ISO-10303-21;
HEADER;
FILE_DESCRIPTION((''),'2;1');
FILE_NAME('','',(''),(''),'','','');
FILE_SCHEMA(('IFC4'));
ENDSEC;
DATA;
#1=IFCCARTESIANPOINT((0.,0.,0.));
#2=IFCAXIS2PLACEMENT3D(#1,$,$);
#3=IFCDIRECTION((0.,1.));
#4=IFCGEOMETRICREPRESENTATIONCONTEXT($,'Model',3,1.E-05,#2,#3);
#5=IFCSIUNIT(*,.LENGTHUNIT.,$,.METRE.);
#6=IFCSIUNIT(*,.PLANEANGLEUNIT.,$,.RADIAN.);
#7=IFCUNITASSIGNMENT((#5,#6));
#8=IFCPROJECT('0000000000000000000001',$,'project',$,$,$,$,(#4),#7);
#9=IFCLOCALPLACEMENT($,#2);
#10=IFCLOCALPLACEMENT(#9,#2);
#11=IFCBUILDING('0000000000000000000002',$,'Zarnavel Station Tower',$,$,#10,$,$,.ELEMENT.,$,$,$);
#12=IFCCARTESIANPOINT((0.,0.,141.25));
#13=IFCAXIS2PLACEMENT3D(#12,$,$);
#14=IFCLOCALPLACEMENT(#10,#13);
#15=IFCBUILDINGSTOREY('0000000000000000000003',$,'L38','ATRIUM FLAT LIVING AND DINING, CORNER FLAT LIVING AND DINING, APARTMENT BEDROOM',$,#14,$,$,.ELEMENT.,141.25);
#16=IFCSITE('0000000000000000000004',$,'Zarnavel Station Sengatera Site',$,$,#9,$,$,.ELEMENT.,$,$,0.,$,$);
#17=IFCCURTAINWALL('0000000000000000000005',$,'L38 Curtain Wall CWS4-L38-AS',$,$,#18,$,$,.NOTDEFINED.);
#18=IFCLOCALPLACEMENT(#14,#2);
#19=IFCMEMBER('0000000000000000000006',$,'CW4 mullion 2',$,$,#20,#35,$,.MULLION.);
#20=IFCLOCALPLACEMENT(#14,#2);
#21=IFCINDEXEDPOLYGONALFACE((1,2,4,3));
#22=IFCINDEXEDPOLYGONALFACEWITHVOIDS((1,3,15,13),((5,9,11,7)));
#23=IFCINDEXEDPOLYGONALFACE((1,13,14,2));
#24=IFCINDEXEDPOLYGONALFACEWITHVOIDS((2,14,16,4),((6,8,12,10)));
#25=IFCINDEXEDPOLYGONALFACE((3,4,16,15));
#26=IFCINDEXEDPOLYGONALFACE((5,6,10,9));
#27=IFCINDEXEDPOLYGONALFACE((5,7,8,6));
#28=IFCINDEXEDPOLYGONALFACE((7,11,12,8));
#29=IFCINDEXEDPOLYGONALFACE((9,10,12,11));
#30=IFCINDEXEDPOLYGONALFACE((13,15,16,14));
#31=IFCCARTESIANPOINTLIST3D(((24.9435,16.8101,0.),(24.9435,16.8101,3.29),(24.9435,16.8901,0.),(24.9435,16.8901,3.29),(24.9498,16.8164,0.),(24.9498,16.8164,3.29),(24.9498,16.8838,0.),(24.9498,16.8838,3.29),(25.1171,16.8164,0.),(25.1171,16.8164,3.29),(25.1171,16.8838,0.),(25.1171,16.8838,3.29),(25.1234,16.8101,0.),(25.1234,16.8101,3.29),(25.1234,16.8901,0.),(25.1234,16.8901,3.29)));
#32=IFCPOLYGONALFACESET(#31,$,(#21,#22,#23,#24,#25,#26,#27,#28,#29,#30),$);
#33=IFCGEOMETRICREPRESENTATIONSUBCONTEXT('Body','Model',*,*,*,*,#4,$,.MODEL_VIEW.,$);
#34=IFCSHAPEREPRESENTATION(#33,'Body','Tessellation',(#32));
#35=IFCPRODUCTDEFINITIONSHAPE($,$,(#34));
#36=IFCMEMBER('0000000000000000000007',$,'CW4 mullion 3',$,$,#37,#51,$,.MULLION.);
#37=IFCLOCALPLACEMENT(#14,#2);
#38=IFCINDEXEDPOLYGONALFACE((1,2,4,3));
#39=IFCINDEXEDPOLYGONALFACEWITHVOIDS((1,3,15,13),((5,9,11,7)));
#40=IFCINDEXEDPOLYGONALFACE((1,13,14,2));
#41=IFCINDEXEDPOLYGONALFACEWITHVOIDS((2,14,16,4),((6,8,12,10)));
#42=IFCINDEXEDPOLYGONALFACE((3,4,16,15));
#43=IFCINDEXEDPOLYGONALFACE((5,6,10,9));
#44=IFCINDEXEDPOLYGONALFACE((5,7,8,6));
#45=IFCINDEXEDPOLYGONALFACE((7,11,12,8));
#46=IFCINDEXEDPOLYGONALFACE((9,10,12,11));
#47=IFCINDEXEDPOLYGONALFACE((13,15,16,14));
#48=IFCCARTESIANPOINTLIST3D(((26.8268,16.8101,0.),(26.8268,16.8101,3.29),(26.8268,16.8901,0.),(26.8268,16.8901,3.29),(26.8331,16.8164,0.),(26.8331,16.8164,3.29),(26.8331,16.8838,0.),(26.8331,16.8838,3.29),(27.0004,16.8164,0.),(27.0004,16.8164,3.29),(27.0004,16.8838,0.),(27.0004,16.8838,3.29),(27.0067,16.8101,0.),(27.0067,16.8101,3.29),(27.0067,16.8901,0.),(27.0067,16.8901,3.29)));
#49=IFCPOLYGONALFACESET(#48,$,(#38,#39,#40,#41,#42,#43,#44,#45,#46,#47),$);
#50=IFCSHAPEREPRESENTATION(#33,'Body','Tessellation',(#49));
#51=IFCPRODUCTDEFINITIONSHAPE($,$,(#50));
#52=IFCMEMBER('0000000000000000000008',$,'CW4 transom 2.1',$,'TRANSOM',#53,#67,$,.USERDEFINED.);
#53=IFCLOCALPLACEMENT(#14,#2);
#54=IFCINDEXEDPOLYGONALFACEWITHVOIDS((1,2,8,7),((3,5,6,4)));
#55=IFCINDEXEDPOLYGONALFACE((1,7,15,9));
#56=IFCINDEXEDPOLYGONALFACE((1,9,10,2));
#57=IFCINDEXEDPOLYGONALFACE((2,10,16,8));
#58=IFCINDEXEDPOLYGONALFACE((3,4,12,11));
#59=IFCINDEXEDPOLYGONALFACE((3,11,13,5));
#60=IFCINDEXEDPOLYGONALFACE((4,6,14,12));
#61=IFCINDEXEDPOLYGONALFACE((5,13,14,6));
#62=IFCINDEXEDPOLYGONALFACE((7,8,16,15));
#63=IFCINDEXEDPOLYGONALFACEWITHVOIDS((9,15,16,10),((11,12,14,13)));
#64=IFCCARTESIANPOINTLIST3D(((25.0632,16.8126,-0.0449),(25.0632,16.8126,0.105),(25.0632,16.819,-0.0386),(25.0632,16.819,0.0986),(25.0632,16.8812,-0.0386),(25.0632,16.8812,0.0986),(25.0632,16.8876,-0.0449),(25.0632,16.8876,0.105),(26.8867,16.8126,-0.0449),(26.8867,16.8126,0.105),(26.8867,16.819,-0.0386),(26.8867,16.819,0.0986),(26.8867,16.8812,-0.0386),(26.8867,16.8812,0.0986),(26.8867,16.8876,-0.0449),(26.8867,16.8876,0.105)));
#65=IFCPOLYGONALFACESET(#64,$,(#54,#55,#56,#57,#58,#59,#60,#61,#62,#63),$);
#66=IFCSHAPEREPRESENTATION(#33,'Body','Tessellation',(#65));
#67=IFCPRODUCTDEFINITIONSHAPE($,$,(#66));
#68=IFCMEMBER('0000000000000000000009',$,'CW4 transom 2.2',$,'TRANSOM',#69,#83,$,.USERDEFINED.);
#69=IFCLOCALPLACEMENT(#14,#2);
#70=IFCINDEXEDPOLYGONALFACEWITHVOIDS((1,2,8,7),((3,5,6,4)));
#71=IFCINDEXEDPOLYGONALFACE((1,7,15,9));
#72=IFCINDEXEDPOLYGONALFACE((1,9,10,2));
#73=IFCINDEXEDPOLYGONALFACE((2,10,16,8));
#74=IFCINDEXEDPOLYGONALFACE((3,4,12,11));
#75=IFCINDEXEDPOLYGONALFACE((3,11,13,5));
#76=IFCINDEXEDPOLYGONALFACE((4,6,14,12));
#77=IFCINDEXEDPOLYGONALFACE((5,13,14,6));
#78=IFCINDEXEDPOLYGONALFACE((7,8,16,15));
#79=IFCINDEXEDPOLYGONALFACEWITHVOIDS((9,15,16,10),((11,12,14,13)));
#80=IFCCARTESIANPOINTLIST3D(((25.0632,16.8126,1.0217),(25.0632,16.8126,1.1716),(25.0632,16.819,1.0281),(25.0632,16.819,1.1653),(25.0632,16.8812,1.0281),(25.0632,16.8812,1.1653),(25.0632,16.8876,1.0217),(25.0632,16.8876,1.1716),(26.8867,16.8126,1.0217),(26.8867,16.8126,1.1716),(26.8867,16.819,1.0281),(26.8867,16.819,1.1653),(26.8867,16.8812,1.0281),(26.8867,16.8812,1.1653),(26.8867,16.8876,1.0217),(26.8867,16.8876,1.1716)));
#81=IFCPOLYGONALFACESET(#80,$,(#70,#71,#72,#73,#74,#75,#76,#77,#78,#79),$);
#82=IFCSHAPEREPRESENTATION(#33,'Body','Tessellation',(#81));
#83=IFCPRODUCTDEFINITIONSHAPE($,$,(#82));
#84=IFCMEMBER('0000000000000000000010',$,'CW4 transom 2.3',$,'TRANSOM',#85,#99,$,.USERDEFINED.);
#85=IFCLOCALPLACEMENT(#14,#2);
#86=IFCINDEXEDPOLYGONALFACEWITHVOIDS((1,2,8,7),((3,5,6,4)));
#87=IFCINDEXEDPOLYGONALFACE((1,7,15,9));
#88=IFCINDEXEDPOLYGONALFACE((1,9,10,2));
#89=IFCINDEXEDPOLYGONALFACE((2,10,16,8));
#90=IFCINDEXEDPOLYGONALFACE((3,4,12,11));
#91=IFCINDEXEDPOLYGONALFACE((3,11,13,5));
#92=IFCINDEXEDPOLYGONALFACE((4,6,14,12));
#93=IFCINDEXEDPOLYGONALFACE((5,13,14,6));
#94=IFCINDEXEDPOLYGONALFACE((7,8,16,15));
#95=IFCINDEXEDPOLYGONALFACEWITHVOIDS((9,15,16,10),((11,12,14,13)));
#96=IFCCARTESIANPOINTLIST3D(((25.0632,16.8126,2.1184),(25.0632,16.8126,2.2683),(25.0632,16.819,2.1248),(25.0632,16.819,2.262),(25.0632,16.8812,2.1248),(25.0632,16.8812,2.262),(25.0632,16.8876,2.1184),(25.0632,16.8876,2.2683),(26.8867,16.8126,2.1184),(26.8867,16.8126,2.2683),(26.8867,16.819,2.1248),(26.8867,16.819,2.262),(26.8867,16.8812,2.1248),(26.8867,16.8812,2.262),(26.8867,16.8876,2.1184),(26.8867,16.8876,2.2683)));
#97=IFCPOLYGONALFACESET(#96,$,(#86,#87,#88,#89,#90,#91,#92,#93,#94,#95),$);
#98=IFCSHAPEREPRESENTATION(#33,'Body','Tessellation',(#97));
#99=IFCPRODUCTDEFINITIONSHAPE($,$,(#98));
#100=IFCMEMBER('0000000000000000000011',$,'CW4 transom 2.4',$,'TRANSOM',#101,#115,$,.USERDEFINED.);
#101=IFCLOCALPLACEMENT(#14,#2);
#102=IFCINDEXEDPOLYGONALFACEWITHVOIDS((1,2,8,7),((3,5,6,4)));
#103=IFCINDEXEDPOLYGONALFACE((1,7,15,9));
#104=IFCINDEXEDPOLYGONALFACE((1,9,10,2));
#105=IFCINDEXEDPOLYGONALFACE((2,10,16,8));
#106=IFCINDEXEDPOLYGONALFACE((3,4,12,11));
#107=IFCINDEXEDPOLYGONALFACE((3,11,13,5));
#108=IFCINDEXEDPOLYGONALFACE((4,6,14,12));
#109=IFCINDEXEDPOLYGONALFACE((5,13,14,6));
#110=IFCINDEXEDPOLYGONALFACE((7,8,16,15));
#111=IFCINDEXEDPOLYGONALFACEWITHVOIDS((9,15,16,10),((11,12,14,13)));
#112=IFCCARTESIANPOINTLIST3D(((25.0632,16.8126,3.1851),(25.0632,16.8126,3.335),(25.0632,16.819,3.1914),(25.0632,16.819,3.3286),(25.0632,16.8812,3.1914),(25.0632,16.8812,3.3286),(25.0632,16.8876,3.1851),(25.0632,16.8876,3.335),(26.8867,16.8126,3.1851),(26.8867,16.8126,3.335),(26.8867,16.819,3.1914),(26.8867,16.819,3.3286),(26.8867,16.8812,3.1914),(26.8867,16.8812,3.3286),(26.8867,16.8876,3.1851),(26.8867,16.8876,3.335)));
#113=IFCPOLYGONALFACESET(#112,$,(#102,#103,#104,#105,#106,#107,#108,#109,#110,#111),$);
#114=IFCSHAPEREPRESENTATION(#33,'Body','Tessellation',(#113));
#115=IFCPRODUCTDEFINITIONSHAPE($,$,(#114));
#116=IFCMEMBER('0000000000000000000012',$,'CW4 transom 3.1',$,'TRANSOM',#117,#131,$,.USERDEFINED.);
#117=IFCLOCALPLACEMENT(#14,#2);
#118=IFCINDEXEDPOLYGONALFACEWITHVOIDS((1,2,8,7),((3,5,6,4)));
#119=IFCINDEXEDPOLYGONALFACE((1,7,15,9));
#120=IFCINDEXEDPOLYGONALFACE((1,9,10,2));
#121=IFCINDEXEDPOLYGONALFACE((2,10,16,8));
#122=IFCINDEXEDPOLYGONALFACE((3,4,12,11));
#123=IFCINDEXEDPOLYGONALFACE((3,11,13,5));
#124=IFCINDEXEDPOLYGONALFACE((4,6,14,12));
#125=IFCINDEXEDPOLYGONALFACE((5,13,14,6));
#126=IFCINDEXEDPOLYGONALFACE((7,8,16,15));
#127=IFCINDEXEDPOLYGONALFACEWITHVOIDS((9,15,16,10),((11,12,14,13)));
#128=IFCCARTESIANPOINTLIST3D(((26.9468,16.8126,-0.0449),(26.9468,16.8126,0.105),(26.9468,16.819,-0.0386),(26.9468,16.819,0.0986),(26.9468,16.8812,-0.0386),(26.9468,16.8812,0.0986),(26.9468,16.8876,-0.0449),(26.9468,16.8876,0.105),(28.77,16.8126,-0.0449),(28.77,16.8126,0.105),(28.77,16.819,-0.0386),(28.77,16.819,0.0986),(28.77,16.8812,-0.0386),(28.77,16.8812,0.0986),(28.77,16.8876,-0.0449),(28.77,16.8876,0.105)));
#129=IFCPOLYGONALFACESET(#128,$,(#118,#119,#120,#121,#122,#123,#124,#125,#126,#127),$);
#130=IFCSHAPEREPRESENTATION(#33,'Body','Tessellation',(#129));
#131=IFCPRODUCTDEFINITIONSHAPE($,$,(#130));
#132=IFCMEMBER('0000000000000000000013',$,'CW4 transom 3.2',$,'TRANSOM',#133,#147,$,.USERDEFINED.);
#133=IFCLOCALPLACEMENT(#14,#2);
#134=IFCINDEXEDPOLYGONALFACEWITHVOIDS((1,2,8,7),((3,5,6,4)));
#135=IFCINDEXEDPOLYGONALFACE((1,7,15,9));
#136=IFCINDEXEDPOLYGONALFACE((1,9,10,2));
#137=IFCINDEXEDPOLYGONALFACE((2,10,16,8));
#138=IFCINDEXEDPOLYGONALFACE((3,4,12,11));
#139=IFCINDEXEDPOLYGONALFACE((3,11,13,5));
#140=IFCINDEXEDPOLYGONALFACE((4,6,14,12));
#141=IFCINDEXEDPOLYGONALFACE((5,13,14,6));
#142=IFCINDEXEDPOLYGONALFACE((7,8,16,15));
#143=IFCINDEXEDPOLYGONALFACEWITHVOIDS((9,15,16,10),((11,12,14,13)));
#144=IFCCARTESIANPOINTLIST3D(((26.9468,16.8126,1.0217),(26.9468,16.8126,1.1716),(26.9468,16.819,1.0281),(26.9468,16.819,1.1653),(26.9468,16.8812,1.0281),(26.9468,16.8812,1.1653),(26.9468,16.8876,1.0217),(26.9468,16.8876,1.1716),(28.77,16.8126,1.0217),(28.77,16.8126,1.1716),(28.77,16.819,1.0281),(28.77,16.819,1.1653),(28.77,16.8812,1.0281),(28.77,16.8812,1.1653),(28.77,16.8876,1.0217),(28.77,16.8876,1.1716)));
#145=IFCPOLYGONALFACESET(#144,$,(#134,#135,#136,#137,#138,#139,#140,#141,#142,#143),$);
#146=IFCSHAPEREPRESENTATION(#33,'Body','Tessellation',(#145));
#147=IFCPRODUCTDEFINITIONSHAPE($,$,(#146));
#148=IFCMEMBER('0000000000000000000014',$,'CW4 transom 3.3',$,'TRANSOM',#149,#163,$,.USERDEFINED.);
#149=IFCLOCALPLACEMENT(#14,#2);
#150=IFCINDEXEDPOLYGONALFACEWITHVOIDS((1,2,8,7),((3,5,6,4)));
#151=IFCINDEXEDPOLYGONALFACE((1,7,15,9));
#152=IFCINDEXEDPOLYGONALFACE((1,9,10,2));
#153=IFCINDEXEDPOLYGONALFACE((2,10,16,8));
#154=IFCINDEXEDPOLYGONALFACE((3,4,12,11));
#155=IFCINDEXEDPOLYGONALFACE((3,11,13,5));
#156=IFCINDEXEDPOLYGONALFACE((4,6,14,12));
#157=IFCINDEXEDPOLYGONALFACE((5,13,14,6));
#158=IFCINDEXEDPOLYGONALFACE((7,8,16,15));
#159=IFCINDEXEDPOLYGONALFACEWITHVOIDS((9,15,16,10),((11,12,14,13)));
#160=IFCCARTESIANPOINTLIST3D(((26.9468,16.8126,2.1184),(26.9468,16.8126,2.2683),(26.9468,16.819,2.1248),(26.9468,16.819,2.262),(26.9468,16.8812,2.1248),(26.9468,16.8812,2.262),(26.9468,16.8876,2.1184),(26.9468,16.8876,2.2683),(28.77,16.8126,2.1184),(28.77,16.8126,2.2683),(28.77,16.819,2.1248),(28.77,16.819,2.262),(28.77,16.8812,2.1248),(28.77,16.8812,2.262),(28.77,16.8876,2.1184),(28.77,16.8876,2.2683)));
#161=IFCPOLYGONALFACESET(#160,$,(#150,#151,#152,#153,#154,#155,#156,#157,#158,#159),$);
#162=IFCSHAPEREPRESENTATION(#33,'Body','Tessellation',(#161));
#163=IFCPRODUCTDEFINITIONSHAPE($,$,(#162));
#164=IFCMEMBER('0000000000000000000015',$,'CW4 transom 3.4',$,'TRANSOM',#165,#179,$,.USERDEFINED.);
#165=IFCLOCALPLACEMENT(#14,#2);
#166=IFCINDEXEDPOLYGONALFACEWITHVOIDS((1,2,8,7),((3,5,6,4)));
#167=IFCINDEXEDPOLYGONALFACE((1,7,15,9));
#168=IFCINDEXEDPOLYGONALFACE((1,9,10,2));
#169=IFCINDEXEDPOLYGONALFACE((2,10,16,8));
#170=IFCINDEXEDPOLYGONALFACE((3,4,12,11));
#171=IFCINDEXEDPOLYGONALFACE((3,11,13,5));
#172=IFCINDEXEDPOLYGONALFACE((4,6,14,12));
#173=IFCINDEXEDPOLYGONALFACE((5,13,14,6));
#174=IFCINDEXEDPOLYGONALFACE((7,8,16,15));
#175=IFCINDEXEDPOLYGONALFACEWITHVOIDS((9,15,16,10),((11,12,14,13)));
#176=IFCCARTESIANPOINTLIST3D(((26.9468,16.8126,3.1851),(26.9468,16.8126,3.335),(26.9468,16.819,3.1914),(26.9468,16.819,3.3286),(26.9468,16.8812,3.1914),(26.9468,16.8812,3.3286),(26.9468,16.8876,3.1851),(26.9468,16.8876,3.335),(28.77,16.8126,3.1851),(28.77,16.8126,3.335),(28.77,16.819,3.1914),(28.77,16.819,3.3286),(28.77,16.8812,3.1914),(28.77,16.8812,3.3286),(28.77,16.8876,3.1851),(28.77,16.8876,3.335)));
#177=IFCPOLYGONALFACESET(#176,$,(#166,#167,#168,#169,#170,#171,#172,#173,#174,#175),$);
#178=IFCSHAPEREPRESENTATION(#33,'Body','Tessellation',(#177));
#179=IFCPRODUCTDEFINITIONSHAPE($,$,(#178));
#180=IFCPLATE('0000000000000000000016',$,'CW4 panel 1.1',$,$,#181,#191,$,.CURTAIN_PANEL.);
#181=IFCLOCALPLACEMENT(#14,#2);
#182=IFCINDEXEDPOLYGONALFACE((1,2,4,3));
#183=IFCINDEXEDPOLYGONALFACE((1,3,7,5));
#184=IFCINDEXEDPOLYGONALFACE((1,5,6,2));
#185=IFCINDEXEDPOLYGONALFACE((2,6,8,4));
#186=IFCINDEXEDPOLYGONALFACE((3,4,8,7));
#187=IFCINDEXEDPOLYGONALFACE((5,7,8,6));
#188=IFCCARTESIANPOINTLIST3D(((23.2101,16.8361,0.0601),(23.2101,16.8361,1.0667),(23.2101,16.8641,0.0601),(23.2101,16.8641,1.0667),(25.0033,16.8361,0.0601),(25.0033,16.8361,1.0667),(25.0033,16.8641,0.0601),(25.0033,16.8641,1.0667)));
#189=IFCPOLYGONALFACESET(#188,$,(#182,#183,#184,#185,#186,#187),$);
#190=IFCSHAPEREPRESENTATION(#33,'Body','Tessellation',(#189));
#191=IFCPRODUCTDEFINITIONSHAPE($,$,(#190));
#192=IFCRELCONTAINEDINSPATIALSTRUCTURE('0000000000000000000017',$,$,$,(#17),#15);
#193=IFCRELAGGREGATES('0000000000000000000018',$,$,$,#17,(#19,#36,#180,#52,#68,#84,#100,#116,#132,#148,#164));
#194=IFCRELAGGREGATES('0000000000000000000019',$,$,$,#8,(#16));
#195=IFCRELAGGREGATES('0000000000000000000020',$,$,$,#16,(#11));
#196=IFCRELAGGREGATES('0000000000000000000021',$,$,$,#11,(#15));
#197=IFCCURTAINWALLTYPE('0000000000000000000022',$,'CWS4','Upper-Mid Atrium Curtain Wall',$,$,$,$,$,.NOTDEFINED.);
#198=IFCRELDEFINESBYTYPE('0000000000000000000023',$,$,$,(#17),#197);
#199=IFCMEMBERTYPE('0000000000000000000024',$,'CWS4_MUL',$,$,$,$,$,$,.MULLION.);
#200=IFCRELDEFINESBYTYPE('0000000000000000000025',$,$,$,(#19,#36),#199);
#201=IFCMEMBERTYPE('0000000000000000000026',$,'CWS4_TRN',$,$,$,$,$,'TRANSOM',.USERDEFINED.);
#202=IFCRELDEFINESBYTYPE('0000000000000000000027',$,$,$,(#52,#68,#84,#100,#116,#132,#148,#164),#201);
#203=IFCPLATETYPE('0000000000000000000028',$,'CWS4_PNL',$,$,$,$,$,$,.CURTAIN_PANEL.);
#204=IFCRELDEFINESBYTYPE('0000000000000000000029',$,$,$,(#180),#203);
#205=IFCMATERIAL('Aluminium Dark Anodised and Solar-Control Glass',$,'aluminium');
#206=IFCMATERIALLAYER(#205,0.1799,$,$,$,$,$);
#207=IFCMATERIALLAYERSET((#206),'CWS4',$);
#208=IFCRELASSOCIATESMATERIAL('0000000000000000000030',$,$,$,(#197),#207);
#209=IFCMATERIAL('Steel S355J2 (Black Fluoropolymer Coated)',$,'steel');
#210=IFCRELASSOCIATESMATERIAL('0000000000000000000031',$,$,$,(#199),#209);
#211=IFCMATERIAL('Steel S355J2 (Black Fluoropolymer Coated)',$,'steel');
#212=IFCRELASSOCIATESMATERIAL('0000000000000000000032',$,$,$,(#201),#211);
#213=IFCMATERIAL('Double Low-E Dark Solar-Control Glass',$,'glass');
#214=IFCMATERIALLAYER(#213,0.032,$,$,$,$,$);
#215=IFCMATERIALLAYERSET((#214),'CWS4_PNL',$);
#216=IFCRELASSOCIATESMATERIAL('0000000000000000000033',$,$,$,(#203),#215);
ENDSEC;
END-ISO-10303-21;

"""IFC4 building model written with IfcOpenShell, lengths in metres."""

from ifc_helpers import new_model, si_unit, direction, frame, origin, origin_2d, place, context, subcontext, project, spatial, rectangle, hollow_rectangle, extrude, material, layer, layer_set, material_profile, profile_set, type_object, element, aggregate, save


model = new_model("IFC4")

# Units and contexts
model_context = context("Model", 3, precision=1e-05, world=origin(), true_north=direction((0.0, 1.0)))
body_context = subcontext(model_context, "Body", "Model", "MODEL_VIEW")
ifc_project = project(units=[si_unit("LENGTHUNIT", "METRE"), si_unit("PLANEANGLEUNIT", "RADIAN")], contexts=[model_context])

# Site, building, storey
site_placement = place(None, origin())
site = spatial("IfcSite", under=ifc_project, at=site_placement, Name="Zarnavel Station Sengatera Site", CompositionType="ELEMENT", RefElevation=0.0)
building_placement = place(site_placement, origin())
building = spatial("IfcBuilding", under=site, at=building_placement, Name="Zarnavel Station Tower", CompositionType="ELEMENT")
storey_placement = place(building_placement, frame((0.0, 0.0, 141.25)))
storey = spatial("IfcBuildingStorey", under=building, at=storey_placement, Name="L38", Description="ATRIUM FLAT LIVING AND DINING, CORNER FLAT LIVING AND DINING, APARTMENT BEDROOM", CompositionType="ELEMENT", Elevation=141.25)

# Curtain wall, members, plate
ifc_material_1 = material(Name="Aluminium Dark Anodised and Solar-Control Glass", Category="aluminium")
ifc_layer_1 = layer(ifc_material_1, 0.1799)
ifc_layer_set_1 = layer_set([ifc_layer_1], Name="CWS4")
curtain_wall_type = type_object("IfcCurtainWallType", Name="CWS4", Description="Upper-Mid Atrium Curtain Wall", PredefinedType="NOTDEFINED", material=ifc_layer_set_1)
curtain_wall_placement = place(storey_placement, origin())
curtain_wall = element("IfcCurtainWall", 1, at=curtain_wall_placement, inside=storey, type_object=curtain_wall_type, Name="L38 Curtain Wall CWS4-L38-AS", PredefinedType="NOTDEFINED")
ifc_material_2 = material(Name="Steel S355J2 (Black Fluoropolymer Coated)", Category="steel")
ifc_material_profile_1 = material_profile(ifc_material_2, hollow_rectangle(XDim=0.0801, YDim=0.1799, WallThickness=0.0063, at=origin_2d()), Name="RHS180x80x6.3")
ifc_profile_set_1 = profile_set([ifc_material_profile_1], Name="Steel S355J2 (Black Fluoropolymer Coated)")
member_type_1 = type_object("IfcMemberType", Name="CWS4_MUL", PredefinedType="MULLION", material=ifc_profile_set_1)
member_1_placement = place(storey_placement, frame((25.0334, 16.8501, 0.0), z_axis=(0.0, 0.0, 1.0), x_axis=(0.0, 1.0, 0.0)))
member_1 = element("IfcMember", 2, at=member_1_placement, type_object=member_type_1, Name="CW4 mullion 2", PredefinedType="MULLION", context=body_context, shape_type="SweptSolid", body=[
    extrude(hollow_rectangle(XDim=0.0801, YDim=0.1799, WallThickness=0.0063, at=origin_2d()), origin(), (0.0, 0.0, 1.0), 3.29),
])
member_2_placement = place(storey_placement, frame((26.9167, 16.8501, 0.0), z_axis=(0.0, 0.0, 1.0), x_axis=(0.0, 1.0, 0.0)))
member_2 = element("IfcMember", 3, at=member_2_placement, type_object=member_type_1, Name="CW4 mullion 3", PredefinedType="MULLION", context=body_context, shape_type="SweptSolid", body=[
    extrude(hollow_rectangle(XDim=0.0801, YDim=0.1799, WallThickness=0.0063, at=origin_2d()), origin(), (0.0, 0.0, 1.0), 3.29),
])
ifc_material_3 = material(Name="Steel S355J2 (Black Fluoropolymer Coated)", Category="steel")
ifc_material_profile_2 = material_profile(ifc_material_3, hollow_rectangle(XDim=0.075, YDim=0.1499, WallThickness=0.0063, at=origin_2d()), Name="RHS150x75x6.3")
ifc_profile_set_2 = profile_set([ifc_material_profile_2], Name="Steel S355J2 (Black Fluoropolymer Coated)")
member_type_2 = type_object("IfcMemberType", Name="CWS4_TRN", ElementType="TRANSOM", PredefinedType="USERDEFINED", material=ifc_profile_set_2)
member_3_placement = place(storey_placement, frame((25.0632, 16.8501, 0.03), z_axis=(1.0, 0.0, 0.0), x_axis=(0.0, 1.0, 0.0)))
member_3 = element("IfcMember", 4, at=member_3_placement, type_object=member_type_2, Name="CW4 transom 2.1", ObjectType="TRANSOM", PredefinedType="USERDEFINED", context=body_context, shape_type="SweptSolid", body=[
    extrude(hollow_rectangle(XDim=0.075, YDim=0.1499, WallThickness=0.0063, at=origin_2d()), origin(), (0.0, 0.0, 1.0), 1.8235),
])
member_4_placement = place(storey_placement, frame((25.0632, 16.8501, 1.0967), z_axis=(1.0, 0.0, 0.0), x_axis=(0.0, 1.0, 0.0)))
member_4 = element("IfcMember", 5, at=member_4_placement, type_object=member_type_2, Name="CW4 transom 2.2", ObjectType="TRANSOM", PredefinedType="USERDEFINED", context=body_context, shape_type="SweptSolid", body=[
    extrude(hollow_rectangle(XDim=0.075, YDim=0.1499, WallThickness=0.0063, at=origin_2d()), origin(), (0.0, 0.0, 1.0), 1.8235),
])
member_5_placement = place(storey_placement, frame((25.0632, 16.8501, 2.1934), z_axis=(1.0, 0.0, 0.0), x_axis=(0.0, 1.0, 0.0)))
member_5 = element("IfcMember", 6, at=member_5_placement, type_object=member_type_2, Name="CW4 transom 2.3", ObjectType="TRANSOM", PredefinedType="USERDEFINED", context=body_context, shape_type="SweptSolid", body=[
    extrude(hollow_rectangle(XDim=0.075, YDim=0.1499, WallThickness=0.0063, at=origin_2d()), origin(), (0.0, 0.0, 1.0), 1.8235),
])
member_6_placement = place(storey_placement, frame((25.0632, 16.8501, 3.26), z_axis=(1.0, 0.0, 0.0), x_axis=(0.0, 1.0, 0.0)))
member_6 = element("IfcMember", 7, at=member_6_placement, type_object=member_type_2, Name="CW4 transom 2.4", ObjectType="TRANSOM", PredefinedType="USERDEFINED", context=body_context, shape_type="SweptSolid", body=[
    extrude(hollow_rectangle(XDim=0.075, YDim=0.1499, WallThickness=0.0063, at=origin_2d()), origin(), (0.0, 0.0, 1.0), 1.8235),
])
member_7_placement = place(storey_placement, frame((26.9468, 16.8501, 0.03), z_axis=(1.0, 0.0, 0.0), x_axis=(0.0, 1.0, 0.0)))
member_7 = element("IfcMember", 8, at=member_7_placement, type_object=member_type_2, Name="CW4 transom 3.1", ObjectType="TRANSOM", PredefinedType="USERDEFINED", context=body_context, shape_type="SweptSolid", body=[
    extrude(hollow_rectangle(XDim=0.075, YDim=0.1499, WallThickness=0.0063, at=origin_2d()), origin(), (0.0, 0.0, 1.0), 1.8232),
])
member_8_placement = place(storey_placement, frame((26.9468, 16.8501, 1.0967), z_axis=(1.0, 0.0, 0.0), x_axis=(0.0, 1.0, 0.0)))
member_8 = element("IfcMember", 9, at=member_8_placement, type_object=member_type_2, Name="CW4 transom 3.2", ObjectType="TRANSOM", PredefinedType="USERDEFINED", context=body_context, shape_type="SweptSolid", body=[
    extrude(hollow_rectangle(XDim=0.075, YDim=0.1499, WallThickness=0.0063, at=origin_2d()), origin(), (0.0, 0.0, 1.0), 1.8232),
])
member_9_placement = place(storey_placement, frame((26.9468, 16.8501, 2.1934), z_axis=(1.0, 0.0, 0.0), x_axis=(0.0, 1.0, 0.0)))
member_9 = element("IfcMember", 10, at=member_9_placement, type_object=member_type_2, Name="CW4 transom 3.3", ObjectType="TRANSOM", PredefinedType="USERDEFINED", context=body_context, shape_type="SweptSolid", body=[
    extrude(hollow_rectangle(XDim=0.075, YDim=0.1499, WallThickness=0.0063, at=origin_2d()), origin(), (0.0, 0.0, 1.0), 1.8232),
])
member_10_placement = place(storey_placement, frame((26.9468, 16.8501, 3.26), z_axis=(1.0, 0.0, 0.0), x_axis=(0.0, 1.0, 0.0)))
member_10 = element("IfcMember", 11, at=member_10_placement, type_object=member_type_2, Name="CW4 transom 3.4", ObjectType="TRANSOM", PredefinedType="USERDEFINED", context=body_context, shape_type="SweptSolid", body=[
    extrude(hollow_rectangle(XDim=0.075, YDim=0.1499, WallThickness=0.0063, at=origin_2d()), origin(), (0.0, 0.0, 1.0), 1.8232),
])
ifc_material_4 = material(Name="Double Low-E Dark Solar-Control Glass", Category="glass")
ifc_layer_2 = layer(ifc_material_4, 0.032)
ifc_layer_set_2 = layer_set([ifc_layer_2], Name="CWS4_PNL")
plate_type = type_object("IfcPlateType", Name="CWS4_PNL", PredefinedType="CURTAIN_PANEL", material=ifc_layer_set_2)
plate_1_placement = place(storey_placement, frame((24.1067, 16.8501, 0.0601), z_axis=(0.0, 0.0, 1.0), x_axis=(1.0, 0.0, 0.0)))
plate_1 = element("IfcPlate", 12, at=plate_1_placement, type_object=plate_type, Name="CW4 panel 1.1", PredefinedType="CURTAIN_PANEL", context=body_context, shape_type="SweptSolid", body=[
    extrude(rectangle(XDim=1.7932, YDim=0.0281, at=origin_2d()), origin(), (0.0, 0.0, 1.0), 1.0066),
])
aggregate(curtain_wall, [member_1, member_2, plate_1, member_3, member_4, member_5, member_6, member_7, member_8, member_9, member_10])

save(model, "model.ifc")
